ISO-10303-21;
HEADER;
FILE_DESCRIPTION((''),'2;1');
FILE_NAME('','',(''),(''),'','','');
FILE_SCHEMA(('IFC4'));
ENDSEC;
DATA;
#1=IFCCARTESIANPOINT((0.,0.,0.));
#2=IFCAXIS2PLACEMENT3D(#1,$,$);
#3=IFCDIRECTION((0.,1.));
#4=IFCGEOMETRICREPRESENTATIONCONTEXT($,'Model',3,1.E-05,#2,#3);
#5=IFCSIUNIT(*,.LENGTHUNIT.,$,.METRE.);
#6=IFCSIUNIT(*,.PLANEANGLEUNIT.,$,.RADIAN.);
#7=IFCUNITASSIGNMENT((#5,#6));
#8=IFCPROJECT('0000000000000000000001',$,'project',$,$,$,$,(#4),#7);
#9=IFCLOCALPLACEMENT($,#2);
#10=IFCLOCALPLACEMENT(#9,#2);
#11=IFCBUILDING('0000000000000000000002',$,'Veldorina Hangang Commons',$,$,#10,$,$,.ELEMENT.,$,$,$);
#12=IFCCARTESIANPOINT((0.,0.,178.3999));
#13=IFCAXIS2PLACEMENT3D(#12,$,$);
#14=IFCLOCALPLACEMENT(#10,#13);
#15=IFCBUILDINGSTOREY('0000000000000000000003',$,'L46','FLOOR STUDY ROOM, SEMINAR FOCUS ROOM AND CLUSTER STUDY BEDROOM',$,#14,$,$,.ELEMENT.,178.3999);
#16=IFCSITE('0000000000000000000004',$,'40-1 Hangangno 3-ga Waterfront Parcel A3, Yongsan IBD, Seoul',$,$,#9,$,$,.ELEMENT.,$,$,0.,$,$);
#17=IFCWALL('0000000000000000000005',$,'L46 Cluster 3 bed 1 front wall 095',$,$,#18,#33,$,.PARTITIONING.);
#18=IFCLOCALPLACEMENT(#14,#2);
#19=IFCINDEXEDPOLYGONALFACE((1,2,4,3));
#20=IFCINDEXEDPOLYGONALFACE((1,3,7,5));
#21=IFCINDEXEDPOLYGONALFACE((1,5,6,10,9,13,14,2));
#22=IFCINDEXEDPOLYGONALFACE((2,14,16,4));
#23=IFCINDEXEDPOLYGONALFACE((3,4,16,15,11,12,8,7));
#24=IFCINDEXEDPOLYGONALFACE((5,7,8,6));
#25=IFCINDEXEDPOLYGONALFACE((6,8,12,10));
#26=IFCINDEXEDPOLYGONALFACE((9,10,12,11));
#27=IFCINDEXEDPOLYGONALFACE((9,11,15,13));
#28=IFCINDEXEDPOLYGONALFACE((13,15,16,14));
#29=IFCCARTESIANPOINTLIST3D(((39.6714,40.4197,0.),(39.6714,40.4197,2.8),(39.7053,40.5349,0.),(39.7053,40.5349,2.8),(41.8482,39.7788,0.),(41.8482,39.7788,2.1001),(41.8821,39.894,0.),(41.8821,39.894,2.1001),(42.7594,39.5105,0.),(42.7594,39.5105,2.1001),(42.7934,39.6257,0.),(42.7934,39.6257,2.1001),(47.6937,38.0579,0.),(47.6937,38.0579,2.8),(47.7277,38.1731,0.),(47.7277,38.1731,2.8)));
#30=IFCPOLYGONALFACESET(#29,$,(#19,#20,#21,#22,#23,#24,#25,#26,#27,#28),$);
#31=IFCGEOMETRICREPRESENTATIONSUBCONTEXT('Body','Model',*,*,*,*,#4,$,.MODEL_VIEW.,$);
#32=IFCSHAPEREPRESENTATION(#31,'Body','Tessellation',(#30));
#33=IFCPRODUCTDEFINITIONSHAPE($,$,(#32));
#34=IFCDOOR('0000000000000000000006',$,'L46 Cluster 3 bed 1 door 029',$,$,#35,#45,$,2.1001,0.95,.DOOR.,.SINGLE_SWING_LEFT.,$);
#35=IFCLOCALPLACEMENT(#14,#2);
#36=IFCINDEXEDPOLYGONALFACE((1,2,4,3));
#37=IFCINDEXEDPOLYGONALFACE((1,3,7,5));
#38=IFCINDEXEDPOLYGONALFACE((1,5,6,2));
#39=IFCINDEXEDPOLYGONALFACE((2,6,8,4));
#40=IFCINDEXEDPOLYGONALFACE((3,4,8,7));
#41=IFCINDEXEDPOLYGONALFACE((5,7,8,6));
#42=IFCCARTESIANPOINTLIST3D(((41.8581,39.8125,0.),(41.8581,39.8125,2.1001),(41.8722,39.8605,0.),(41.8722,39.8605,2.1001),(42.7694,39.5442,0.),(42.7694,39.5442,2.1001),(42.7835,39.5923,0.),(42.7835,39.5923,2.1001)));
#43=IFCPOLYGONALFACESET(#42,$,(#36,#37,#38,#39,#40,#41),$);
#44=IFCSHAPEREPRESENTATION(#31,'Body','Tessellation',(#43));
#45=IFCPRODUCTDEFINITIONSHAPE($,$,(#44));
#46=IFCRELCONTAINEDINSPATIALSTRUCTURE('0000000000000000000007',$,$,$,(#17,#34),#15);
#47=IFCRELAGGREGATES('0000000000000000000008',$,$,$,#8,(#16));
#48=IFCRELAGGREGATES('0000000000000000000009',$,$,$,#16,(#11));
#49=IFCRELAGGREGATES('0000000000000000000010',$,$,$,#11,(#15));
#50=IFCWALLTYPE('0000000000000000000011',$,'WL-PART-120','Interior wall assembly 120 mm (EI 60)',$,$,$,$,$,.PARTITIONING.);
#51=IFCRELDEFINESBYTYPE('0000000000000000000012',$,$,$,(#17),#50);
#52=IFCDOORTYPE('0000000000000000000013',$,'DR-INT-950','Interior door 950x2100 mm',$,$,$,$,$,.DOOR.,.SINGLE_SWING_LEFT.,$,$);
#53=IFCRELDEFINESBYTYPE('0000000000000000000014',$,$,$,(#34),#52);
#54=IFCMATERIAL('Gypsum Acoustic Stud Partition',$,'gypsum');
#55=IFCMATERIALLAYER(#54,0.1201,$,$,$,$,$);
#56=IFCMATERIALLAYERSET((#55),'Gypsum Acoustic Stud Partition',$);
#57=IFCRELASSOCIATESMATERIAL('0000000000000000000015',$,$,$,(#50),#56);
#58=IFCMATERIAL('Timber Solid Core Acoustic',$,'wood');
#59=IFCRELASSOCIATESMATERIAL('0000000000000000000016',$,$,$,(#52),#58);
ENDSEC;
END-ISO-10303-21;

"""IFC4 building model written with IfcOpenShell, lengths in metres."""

from ifc_helpers import new_model, si_unit, direction, frame, frame_2d, origin, place, context, subcontext, project, spatial, rectangle, extrude, material, layer, layer_set, type_object, element, fill, save


model = new_model("IFC4")

# Units and contexts
model_context = context("Model", 3, precision=1e-05, world=origin(), true_north=direction((0.0, 1.0)))
body_context = subcontext(model_context, "Body", "Model", "MODEL_VIEW")
ifc_project = project(units=[si_unit("LENGTHUNIT", "METRE"), si_unit("PLANEANGLEUNIT", "RADIAN")], contexts=[model_context])

# Site, building, storey
site_placement = place(None, origin())
site = spatial("IfcSite", under=ifc_project, at=site_placement, Name="40-1 Hangangno 3-ga Waterfront Parcel A3, Yongsan IBD, Seoul", CompositionType="ELEMENT", RefElevation=0.0)
building_placement = place(site_placement, origin())
building = spatial("IfcBuilding", under=site, at=building_placement, Name="Veldorina Hangang Commons", CompositionType="ELEMENT")
storey_placement = place(building_placement, frame((0.0, 0.0, 178.3999)))
storey = spatial("IfcBuildingStorey", under=building, at=storey_placement, Name="L46", Description="FLOOR STUDY ROOM, SEMINAR FOCUS ROOM AND CLUSTER STUDY BEDROOM", CompositionType="ELEMENT", Elevation=178.3999)

# Shared definitions
ifc_material_1 = material(Name="Gypsum Acoustic Stud Partition", Category="gypsum")
ifc_layer_1 = layer(ifc_material_1, 0.1201)
ifc_layer_set_1 = layer_set([ifc_layer_1], Name="Gypsum Acoustic Stud Partition")
wall_type_1 = type_object("IfcWallType", Name="WL-PART-120", Description="Interior wall assembly 120 mm (EI 60)", PredefinedType="PARTITIONING", material=ifc_layer_set_1)
ifc_material_2 = material(Name="Timber Solid Core Acoustic", Category="wood")
door_type = type_object("IfcDoorType", Name="DR-INT-950", Description="Interior door 950x2100 mm", OperationType="SINGLE_SWING_LEFT", PredefinedType="DOOR", material=ifc_material_2)

# Wall, opening, door
wall_1_placement = place(storey_placement, frame((47.7107, 38.1155, 0.0), z_axis=(0.0, 0.0, 1.0), x_axis=(-0.959292, 0.282416, 0.0)))
wall_1 = element("IfcWall", 1, at=wall_1_placement, inside=storey, type_object=wall_type_1, Name="L46 Cluster 3 bed 1 front wall 095", PredefinedType="PARTITIONING", context=body_context, shape_type="SweptSolid", body=[
    extrude(rectangle(XDim=8.3628, YDim=0.1201, at=frame_2d((4.1814, 0.0))), origin(), (0.0, 0.0, 1.0), 2.8),
])
opening_1_placement = place(wall_1_placement, frame((5.1436, 0.0, 0.0)))
opening_1 = element("IfcOpeningElement", 2, at=opening_1_placement, cuts=wall_1, PredefinedType="OPENING", context=body_context, shape_type="SweptSolid", body=[
    extrude(rectangle(XDim=0.95, YDim=2.1001, at=frame_2d((0.4751, 1.05))), frame((0.0, 0.0701, 0.0), z_axis=(0.0, -1.0, 0.0), x_axis=(1.0, 0.0, 0.0)), (0.0, 0.0, 1.0), 0.1401),
])
door_1_placement = place(opening_1_placement, origin())
door_1 = element("IfcDoor", 3, at=door_1_placement, inside=storey, type_object=door_type, Name="L46 Cluster 3 bed 1 door 029", OperationType="SINGLE_SWING_LEFT", OverallHeight=2.1001, OverallWidth=0.95, PredefinedType="DOOR", context=body_context, shape_type="SweptSolid", body=[
    extrude(rectangle(XDim=0.95, YDim=2.1001, at=frame_2d((0.4751, 1.05))), frame((0.0, 0.0249, 0.0), z_axis=(0.0, -1.0, 0.0), x_axis=(1.0, 0.0, 0.0)), (0.0, 0.0, 1.0), 0.05),
])
fill(opening_1, door_1)

save(model, "model.ifc")
